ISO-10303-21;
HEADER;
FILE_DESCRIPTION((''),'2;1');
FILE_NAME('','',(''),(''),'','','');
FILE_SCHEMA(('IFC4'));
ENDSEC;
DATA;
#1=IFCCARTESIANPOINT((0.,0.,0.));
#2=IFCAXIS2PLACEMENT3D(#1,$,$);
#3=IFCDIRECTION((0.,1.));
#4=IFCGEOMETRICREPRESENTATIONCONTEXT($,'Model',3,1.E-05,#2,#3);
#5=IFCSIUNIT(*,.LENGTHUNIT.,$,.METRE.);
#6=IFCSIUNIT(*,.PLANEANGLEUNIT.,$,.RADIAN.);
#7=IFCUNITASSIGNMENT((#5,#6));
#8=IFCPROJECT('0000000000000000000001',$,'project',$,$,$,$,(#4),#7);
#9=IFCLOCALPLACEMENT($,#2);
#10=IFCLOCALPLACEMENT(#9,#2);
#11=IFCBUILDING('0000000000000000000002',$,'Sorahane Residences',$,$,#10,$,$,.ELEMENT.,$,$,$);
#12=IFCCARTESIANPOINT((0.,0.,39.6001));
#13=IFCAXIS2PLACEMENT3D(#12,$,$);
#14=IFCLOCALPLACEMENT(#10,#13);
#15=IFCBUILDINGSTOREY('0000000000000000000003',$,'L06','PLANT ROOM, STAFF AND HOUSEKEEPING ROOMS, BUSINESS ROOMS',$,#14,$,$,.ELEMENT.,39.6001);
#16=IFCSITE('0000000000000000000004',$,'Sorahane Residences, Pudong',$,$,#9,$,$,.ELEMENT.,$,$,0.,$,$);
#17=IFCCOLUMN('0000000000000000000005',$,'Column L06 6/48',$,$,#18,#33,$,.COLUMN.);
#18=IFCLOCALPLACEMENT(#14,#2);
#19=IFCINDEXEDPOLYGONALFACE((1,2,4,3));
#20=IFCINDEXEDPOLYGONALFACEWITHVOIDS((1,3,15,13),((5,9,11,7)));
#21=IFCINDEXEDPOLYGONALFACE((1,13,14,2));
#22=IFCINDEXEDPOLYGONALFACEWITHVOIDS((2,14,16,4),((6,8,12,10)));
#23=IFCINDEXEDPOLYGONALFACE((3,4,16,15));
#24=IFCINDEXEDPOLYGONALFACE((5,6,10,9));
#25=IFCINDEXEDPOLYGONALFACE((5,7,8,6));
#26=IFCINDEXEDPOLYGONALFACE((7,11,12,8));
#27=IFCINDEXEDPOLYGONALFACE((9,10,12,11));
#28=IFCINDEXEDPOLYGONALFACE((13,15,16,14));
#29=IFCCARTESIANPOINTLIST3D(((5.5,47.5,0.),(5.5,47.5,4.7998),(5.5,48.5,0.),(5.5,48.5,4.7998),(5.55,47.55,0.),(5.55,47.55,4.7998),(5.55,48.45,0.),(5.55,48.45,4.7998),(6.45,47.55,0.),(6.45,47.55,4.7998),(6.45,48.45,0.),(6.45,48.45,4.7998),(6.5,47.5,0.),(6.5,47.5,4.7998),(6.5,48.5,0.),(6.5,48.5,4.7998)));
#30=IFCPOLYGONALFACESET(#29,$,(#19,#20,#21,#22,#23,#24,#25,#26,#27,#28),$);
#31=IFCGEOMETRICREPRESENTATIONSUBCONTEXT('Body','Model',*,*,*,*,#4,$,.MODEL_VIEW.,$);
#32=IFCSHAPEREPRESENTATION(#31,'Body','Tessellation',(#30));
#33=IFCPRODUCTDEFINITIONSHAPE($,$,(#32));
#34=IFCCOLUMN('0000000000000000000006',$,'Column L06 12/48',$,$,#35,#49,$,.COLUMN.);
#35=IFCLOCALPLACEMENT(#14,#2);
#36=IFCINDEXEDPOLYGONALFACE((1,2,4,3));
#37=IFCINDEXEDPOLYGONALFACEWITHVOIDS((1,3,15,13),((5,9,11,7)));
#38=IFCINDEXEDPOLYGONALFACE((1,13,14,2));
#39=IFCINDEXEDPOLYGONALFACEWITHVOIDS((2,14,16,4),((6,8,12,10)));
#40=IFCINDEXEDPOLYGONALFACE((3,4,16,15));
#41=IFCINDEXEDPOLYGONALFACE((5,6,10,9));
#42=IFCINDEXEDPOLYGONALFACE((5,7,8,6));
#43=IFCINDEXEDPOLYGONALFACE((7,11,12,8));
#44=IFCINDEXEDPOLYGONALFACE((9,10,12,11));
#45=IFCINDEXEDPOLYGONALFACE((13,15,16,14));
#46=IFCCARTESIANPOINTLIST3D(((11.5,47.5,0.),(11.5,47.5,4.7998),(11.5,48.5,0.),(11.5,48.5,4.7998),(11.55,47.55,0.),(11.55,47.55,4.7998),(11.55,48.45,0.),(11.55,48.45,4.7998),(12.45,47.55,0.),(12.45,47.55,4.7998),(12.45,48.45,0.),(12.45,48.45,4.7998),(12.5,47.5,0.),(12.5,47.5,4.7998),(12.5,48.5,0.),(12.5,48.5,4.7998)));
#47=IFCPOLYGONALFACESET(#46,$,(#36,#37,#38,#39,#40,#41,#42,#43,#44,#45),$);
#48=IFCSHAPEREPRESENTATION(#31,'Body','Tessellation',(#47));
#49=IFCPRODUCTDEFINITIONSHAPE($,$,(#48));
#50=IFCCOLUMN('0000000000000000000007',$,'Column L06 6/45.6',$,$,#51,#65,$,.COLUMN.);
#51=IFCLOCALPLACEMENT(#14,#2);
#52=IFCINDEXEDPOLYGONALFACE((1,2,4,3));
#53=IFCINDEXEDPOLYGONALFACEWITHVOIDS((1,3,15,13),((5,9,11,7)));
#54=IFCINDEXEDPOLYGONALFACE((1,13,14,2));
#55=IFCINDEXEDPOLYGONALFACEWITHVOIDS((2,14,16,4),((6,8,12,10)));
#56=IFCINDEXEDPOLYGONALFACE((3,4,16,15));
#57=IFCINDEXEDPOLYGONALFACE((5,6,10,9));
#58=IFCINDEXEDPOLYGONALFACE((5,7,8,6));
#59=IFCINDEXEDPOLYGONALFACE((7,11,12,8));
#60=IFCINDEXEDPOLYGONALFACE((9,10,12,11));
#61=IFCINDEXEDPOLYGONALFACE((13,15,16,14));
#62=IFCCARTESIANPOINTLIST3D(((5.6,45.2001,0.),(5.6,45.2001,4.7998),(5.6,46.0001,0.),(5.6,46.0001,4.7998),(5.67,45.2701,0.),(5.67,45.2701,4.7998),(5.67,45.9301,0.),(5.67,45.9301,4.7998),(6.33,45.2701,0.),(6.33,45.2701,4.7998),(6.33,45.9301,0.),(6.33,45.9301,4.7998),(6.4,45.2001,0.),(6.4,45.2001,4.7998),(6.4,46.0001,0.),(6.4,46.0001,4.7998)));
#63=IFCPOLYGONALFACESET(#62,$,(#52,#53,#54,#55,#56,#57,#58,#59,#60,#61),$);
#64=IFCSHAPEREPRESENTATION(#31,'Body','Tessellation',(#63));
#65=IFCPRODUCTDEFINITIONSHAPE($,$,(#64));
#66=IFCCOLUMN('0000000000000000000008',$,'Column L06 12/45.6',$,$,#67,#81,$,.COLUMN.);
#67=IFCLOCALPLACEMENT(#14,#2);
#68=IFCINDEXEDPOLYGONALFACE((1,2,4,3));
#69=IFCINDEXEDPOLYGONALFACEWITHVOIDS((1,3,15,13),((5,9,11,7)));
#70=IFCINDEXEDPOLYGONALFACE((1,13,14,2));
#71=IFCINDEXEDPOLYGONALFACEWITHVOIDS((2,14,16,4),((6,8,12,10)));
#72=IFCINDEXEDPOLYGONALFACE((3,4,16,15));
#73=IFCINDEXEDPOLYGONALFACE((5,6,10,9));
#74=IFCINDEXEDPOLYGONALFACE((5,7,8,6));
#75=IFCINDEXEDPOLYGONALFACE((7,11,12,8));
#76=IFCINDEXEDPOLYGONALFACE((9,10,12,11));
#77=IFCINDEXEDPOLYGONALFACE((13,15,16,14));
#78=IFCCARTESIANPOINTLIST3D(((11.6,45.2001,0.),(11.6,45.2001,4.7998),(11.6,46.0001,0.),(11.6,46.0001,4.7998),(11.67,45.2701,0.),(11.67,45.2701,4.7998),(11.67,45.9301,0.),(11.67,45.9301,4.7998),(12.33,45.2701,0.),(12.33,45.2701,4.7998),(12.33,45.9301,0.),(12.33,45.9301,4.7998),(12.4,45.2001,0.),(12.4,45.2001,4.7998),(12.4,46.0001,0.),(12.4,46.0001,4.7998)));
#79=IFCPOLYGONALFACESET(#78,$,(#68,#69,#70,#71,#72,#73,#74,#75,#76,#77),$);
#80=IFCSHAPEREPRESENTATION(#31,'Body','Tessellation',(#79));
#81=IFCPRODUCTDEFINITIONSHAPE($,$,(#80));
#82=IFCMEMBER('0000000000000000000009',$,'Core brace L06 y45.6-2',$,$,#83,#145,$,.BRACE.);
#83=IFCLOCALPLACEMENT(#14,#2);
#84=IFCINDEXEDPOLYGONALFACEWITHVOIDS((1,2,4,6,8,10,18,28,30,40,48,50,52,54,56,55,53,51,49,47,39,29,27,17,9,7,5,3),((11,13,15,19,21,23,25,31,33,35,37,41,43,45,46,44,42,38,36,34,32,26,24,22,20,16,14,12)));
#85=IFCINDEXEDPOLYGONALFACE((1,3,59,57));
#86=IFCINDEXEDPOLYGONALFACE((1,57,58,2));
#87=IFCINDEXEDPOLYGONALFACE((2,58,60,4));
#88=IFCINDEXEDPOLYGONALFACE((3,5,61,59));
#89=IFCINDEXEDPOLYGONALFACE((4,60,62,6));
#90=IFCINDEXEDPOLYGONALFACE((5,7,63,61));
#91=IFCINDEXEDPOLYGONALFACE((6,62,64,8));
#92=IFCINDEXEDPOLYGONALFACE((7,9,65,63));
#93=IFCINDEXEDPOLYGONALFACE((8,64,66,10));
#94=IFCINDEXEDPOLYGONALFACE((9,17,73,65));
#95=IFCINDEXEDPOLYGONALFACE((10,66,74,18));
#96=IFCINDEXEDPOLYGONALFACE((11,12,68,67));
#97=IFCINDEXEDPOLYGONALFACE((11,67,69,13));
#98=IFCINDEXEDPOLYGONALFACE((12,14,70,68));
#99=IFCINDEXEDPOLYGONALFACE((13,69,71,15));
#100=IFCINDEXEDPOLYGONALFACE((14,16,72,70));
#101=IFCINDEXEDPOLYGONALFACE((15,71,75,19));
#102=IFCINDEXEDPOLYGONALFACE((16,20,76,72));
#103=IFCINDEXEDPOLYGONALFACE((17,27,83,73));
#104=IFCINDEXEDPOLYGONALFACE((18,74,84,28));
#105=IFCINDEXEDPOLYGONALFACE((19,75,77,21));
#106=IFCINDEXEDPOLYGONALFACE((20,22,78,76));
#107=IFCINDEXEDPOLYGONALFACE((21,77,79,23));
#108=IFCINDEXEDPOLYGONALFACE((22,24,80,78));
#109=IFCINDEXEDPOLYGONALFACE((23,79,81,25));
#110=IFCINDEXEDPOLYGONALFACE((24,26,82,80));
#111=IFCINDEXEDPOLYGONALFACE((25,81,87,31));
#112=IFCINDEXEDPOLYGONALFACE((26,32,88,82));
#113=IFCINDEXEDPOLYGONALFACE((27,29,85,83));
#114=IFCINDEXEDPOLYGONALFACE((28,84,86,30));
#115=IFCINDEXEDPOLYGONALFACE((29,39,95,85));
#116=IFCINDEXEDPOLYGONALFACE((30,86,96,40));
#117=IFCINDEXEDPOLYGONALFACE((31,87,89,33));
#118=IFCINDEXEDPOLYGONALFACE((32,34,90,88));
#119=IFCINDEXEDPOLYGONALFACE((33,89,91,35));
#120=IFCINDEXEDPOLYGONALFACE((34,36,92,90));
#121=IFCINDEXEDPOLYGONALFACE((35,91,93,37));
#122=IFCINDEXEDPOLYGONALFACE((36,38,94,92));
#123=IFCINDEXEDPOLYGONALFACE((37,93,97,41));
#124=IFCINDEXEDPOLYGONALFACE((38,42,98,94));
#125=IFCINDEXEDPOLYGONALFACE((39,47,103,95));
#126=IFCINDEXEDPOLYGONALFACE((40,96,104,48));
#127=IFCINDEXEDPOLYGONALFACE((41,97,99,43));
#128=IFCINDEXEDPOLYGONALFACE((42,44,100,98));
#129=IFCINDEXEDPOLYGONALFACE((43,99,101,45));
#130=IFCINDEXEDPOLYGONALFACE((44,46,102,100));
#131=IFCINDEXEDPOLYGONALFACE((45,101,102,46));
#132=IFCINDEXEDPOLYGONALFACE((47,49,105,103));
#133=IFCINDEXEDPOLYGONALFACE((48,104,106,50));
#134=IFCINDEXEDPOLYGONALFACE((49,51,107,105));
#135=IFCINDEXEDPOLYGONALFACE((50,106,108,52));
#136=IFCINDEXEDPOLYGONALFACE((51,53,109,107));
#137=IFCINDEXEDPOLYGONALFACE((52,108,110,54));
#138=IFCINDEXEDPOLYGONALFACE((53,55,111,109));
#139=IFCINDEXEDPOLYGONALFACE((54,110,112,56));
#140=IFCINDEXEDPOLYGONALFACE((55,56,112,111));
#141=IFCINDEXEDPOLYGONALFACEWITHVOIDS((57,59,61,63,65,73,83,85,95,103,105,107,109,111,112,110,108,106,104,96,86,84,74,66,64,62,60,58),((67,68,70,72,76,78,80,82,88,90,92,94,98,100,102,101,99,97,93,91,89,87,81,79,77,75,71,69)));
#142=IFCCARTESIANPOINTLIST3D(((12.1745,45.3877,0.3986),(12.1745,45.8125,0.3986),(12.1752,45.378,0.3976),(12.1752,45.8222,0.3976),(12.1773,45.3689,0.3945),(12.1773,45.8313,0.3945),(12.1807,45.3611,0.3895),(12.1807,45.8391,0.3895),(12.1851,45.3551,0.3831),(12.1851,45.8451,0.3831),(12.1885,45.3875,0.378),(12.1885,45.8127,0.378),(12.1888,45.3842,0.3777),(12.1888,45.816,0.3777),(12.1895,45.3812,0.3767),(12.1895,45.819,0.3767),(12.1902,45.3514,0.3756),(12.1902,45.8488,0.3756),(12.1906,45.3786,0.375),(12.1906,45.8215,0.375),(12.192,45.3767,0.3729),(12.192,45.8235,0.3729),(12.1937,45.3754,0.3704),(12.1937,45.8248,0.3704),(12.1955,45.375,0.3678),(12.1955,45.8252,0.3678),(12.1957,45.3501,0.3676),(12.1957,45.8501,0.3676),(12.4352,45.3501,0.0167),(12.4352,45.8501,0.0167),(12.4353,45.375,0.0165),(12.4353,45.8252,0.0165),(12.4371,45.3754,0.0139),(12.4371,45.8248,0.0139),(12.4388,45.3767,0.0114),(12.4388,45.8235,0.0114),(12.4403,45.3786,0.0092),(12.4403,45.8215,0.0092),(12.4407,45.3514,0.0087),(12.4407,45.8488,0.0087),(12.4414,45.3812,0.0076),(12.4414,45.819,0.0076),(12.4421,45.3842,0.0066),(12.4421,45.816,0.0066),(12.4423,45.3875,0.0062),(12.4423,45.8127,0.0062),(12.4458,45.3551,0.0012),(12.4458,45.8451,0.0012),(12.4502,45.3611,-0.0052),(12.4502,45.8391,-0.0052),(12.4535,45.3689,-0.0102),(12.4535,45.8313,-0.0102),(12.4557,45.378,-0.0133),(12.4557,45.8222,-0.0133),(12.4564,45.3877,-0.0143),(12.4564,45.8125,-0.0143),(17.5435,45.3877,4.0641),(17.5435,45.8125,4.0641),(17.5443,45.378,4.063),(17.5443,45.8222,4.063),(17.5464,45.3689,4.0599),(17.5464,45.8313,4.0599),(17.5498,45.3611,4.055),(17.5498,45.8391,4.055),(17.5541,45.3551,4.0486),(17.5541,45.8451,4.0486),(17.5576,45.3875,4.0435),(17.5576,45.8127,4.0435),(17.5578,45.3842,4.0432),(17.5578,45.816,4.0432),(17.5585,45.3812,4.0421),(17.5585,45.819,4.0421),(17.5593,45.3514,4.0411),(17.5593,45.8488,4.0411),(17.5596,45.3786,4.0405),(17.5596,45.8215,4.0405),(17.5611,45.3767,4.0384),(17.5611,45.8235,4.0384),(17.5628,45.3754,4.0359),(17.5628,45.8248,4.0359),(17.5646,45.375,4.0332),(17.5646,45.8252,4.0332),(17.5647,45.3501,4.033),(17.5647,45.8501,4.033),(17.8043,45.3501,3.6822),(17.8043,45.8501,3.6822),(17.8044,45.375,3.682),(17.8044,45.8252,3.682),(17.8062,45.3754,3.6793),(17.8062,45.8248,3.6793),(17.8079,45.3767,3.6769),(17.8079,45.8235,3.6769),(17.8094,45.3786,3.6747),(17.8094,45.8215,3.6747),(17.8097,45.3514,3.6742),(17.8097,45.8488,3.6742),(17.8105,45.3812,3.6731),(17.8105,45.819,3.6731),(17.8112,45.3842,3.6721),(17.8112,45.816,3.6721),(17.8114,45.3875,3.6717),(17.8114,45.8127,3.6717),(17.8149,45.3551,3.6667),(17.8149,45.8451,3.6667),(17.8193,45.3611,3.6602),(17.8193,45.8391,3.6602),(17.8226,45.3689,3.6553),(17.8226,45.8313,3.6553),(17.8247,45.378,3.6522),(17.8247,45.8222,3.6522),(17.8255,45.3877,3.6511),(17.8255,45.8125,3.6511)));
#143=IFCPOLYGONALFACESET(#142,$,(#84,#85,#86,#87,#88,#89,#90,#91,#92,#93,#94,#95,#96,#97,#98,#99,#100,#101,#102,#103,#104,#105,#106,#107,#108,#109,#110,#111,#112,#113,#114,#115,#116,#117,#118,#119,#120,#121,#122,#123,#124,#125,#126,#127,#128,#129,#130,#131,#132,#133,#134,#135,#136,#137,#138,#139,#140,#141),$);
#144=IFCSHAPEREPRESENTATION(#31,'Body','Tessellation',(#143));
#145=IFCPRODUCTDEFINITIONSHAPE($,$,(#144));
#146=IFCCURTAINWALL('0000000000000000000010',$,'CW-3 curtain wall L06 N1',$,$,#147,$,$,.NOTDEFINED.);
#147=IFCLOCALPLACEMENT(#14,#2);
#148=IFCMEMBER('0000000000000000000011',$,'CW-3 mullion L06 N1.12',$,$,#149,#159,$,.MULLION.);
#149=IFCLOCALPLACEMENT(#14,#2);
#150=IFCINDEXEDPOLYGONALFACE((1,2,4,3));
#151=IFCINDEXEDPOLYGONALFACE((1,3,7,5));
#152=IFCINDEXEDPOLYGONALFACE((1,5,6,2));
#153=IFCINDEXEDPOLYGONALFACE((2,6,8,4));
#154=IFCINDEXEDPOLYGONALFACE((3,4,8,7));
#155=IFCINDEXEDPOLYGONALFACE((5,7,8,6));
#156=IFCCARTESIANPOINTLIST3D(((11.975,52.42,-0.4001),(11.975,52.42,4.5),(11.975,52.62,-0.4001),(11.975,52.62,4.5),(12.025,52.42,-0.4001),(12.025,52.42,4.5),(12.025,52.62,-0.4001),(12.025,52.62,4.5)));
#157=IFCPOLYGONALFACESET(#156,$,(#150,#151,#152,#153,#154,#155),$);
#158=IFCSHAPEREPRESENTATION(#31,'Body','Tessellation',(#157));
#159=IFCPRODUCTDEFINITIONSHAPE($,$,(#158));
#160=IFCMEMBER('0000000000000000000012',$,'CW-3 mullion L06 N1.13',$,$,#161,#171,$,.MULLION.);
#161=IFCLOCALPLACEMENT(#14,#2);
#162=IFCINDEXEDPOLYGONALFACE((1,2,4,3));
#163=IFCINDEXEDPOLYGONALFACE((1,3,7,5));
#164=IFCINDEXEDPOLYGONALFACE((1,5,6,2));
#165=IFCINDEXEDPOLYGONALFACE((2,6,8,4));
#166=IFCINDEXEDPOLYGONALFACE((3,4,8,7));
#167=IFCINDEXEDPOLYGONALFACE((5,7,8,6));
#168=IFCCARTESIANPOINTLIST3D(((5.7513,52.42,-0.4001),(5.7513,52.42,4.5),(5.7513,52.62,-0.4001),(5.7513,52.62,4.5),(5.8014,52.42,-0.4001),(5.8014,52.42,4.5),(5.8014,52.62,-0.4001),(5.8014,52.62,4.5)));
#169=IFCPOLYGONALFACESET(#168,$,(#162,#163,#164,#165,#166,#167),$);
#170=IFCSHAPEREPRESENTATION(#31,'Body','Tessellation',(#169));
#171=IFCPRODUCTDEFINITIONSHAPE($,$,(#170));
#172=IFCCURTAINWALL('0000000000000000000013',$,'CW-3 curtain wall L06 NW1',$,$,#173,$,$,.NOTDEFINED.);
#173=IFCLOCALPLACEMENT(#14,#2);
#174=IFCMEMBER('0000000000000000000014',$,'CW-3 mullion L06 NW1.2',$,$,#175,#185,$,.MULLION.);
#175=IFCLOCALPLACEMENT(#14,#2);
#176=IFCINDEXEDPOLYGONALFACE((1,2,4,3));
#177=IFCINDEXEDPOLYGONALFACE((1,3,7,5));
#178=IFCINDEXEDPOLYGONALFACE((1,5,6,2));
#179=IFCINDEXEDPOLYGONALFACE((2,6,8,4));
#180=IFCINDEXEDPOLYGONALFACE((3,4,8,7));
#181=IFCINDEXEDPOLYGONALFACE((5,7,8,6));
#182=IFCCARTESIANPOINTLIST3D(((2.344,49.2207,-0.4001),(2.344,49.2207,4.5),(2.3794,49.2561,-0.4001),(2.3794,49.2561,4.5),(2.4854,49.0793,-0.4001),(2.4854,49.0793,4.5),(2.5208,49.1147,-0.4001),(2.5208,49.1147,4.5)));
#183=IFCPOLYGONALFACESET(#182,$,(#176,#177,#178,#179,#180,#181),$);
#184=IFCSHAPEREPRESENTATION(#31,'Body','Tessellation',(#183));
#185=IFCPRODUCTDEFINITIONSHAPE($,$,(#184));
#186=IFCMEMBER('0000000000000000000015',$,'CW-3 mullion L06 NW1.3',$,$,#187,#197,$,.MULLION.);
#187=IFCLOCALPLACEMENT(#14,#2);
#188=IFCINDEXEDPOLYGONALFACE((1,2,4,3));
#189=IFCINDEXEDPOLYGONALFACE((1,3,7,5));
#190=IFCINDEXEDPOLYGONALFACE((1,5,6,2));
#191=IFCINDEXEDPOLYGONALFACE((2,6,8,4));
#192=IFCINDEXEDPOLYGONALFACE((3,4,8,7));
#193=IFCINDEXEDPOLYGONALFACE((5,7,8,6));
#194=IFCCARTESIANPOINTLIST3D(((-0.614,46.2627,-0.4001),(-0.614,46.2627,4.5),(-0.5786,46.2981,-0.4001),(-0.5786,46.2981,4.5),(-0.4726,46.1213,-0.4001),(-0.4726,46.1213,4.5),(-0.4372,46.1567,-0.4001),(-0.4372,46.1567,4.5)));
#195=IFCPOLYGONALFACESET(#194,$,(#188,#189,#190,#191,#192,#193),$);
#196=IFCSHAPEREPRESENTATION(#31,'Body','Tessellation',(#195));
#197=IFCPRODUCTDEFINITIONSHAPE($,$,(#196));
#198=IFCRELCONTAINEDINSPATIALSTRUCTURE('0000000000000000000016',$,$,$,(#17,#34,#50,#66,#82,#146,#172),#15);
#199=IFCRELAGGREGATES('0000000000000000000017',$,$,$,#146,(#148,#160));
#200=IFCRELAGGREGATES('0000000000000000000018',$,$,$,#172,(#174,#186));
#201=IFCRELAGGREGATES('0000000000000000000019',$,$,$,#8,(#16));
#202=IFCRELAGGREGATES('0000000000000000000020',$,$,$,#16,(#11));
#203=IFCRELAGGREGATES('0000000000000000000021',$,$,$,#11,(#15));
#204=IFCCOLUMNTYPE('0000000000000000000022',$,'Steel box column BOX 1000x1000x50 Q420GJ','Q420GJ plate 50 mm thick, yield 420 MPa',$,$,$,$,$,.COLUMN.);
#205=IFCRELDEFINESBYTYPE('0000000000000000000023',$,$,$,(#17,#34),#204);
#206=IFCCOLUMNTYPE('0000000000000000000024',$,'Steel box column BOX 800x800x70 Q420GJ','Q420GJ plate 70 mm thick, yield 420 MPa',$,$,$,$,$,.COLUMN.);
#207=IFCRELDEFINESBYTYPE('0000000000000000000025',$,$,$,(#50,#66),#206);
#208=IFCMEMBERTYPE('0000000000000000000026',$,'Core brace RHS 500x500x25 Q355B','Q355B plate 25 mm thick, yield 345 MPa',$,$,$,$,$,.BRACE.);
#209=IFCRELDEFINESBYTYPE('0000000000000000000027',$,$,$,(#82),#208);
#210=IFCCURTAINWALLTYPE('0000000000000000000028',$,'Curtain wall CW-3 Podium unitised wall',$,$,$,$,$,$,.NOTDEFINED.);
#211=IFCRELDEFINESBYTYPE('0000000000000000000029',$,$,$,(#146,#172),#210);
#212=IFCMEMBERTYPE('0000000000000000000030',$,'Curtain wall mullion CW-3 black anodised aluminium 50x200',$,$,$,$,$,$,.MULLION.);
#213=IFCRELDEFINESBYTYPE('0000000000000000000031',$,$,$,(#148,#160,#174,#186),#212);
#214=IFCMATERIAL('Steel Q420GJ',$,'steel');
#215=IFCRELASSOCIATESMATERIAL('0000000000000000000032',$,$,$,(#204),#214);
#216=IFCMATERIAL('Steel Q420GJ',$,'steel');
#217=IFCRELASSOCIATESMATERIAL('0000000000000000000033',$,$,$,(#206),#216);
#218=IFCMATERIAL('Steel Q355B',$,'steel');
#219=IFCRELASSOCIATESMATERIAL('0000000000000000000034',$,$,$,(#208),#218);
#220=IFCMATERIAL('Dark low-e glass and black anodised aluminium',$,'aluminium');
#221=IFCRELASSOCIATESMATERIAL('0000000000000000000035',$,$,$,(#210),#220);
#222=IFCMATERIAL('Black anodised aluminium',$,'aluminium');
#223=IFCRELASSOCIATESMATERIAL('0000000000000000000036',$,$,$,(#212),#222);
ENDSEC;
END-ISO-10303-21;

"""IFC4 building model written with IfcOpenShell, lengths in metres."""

from ifc_helpers import new_model, si_unit, direction, frame, origin, origin_2d, place, context, subcontext, project, spatial, rectangle, hollow_rectangle, extrude, material, material_profile, profile_set, type_object, element, aggregate, save


model = new_model("IFC4")

# Units and contexts
model_context = context("Model", 3, precision=1e-05, world=origin(), true_north=direction((0.0, 1.0)))
body_context = subcontext(model_context, "Body", "Model", "MODEL_VIEW")
ifc_project = project(units=[si_unit("LENGTHUNIT", "METRE"), si_unit("PLANEANGLEUNIT", "RADIAN")], contexts=[model_context])

# Site, building, storey
site_placement = place(None, origin())
site = spatial("IfcSite", under=ifc_project, at=site_placement, Name="Sorahane Residences, Pudong", CompositionType="ELEMENT", RefElevation=0.0)
building_placement = place(site_placement, origin())
building = spatial("IfcBuilding", under=site, at=building_placement, Name="Sorahane Residences", CompositionType="ELEMENT")
storey_placement = place(building_placement, frame((0.0, 0.0, 39.6001)))
storey = spatial("IfcBuildingStorey", under=building, at=storey_placement, Name="L06", Description="PLANT ROOM, STAFF AND HOUSEKEEPING ROOMS, BUSINESS ROOMS", CompositionType="ELEMENT", Elevation=39.6001)

# Columns
ifc_material_1 = material(Name="Steel Q420GJ", Category="steel")
ifc_material_profile_1 = material_profile(ifc_material_1, hollow_rectangle(XDim=1.0, YDim=1.0, WallThickness=0.05, at=origin_2d()), Name="BOX 1000x1000x50")
ifc_profile_set_1 = profile_set([ifc_material_profile_1], Name="Steel Q420GJ")
column_type_1 = type_object("IfcColumnType", Name="Steel box column BOX 1000x1000x50 Q420GJ", Description="Q420GJ plate 50 mm thick, yield 420 MPa", PredefinedType="COLUMN", material=ifc_profile_set_1)
for number, where, z_axis, x_axis, name in (
    (1, (6.0, 48.0, 0.0), (0.0, 0.0, 1.0), (1.0, 0.0, 0.0), "Column L06 6/48"),
    (2, (12.0, 48.0, 0.0), (0.0, 0.0, 1.0), (1.0, 0.0, 0.0), "Column L06 12/48"),
):
    element("IfcColumn", number, at=place(storey_placement, frame(where, z_axis=z_axis, x_axis=x_axis)), inside=storey, type_object=column_type_1, Name=name, PredefinedType="COLUMN", context=body_context, shape_type="SweptSolid", body=[
        extrude(hollow_rectangle(XDim=1.0, YDim=1.0, WallThickness=0.05, at=origin_2d()), origin(), (0.0, 0.0, 1.0), 4.7998),
    ])
ifc_material_2 = material(Name="Steel Q420GJ", Category="steel")
ifc_material_profile_2 = material_profile(ifc_material_2, hollow_rectangle(XDim=0.8, YDim=0.8, WallThickness=0.0701, at=origin_2d()), Name="BOX 800x800x70")
ifc_profile_set_2 = profile_set([ifc_material_profile_2], Name="Steel Q420GJ")
column_type_2 = type_object("IfcColumnType", Name="Steel box column BOX 800x800x70 Q420GJ", Description="Q420GJ plate 70 mm thick, yield 420 MPa", PredefinedType="COLUMN", material=ifc_profile_set_2)
for number, where, z_axis, x_axis, name in (
    (3, (6.0, 45.6001, 0.0), (0.0, 0.0, 1.0), (1.0, 0.0, 0.0), "Column L06 6/45.6"),
    (4, (12.0, 45.6001, 0.0), (0.0, 0.0, 1.0), (1.0, 0.0, 0.0), "Column L06 12/45.6"),
):
    element("IfcColumn", number, at=place(storey_placement, frame(where, z_axis=z_axis, x_axis=x_axis)), inside=storey, type_object=column_type_2, Name=name, PredefinedType="COLUMN", context=body_context, shape_type="SweptSolid", body=[
        extrude(hollow_rectangle(XDim=0.8, YDim=0.8, WallThickness=0.0701, at=origin_2d()), origin(), (0.0, 0.0, 1.0), 4.7998),
    ])

# Member
ifc_material_3 = material(Name="Steel Q355B", Category="steel")
ifc_material_profile_3 = material_profile(ifc_material_3, hollow_rectangle(XDim=0.5, YDim=0.5, WallThickness=0.0249, InnerFilletRadius=0.0125, OuterFilletRadius=0.0376, at=origin_2d()), Name="RHS 500x500x25")
ifc_profile_set_3 = profile_set([ifc_material_profile_3], Name="Steel Q355B")
member_type_1 = type_object("IfcMemberType", Name="Core brace RHS 500x500x25 Q355B", Description="Q355B plate 25 mm thick, yield 345 MPa", PredefinedType="BRACE", material=ifc_profile_set_3)
member_1_placement = place(storey_placement, frame((12.3154, 45.6001, 0.1921), z_axis=(0.825887, 0.0, 0.563835), x_axis=(0.0, 1.0, 0.0)))
element("IfcMember", 5, at=member_1_placement, inside=storey, type_object=member_type_1, Name="Core brace L06 y45.6-2", PredefinedType="BRACE", context=body_context, shape_type="SweptSolid", body=[
    extrude(hollow_rectangle(XDim=0.5, YDim=0.5, WallThickness=0.0249, InnerFilletRadius=0.0125, OuterFilletRadius=0.0376, at=origin_2d()), origin(), (0.0, 0.0, 1.0), 6.501),
])

# Curtain walls, members
ifc_material_4 = material(Name="Dark low-e glass and black anodised aluminium", Category="aluminium")
curtain_wall_type = type_object("IfcCurtainWallType", Name="Curtain wall CW-3 Podium unitised wall", PredefinedType="NOTDEFINED", material=ifc_material_4)
curtain_wall_1_placement = place(storey_placement, origin())
curtain_wall_1 = element("IfcCurtainWall", 6, at=curtain_wall_1_placement, inside=storey, type_object=curtain_wall_type, Name="CW-3 curtain wall L06 N1", PredefinedType="NOTDEFINED")
ifc_material_5 = material(Name="Black anodised aluminium", Category="aluminium")
ifc_material_profile_4 = material_profile(ifc_material_5, rectangle(XDim=0.2, YDim=0.05, at=origin_2d()), Name="Curtain wall mullion CW-3 black anodised aluminium 50x200")
ifc_profile_set_4 = profile_set([ifc_material_profile_4], Name="Black anodised aluminium")
member_type_2 = type_object("IfcMemberType", Name="Curtain wall mullion CW-3 black anodised aluminium 50x200", PredefinedType="MULLION", material=ifc_profile_set_4)
member_2_placement = place(storey_placement, frame((12.0, 52.52, -0.4001), z_axis=(0.0, 0.0, 1.0), x_axis=(0.0, 1.0, 0.0)))
member_2 = element("IfcMember", 7, at=member_2_placement, type_object=member_type_2, Name="CW-3 mullion L06 N1.12", PredefinedType="MULLION", context=body_context, shape_type="SweptSolid", body=[
    extrude(rectangle(XDim=0.2, YDim=0.05, at=origin_2d()), origin(), (0.0, 0.0, 1.0), 4.9001),
])
member_3_placement = place(storey_placement, frame((5.7764, 52.52, -0.4001), z_axis=(0.0, 0.0, 1.0), x_axis=(0.0, 1.0, 0.0)))
member_3 = element("IfcMember", 8, at=member_3_placement, type_object=member_type_2, Name="CW-3 mullion L06 N1.13", PredefinedType="MULLION", context=body_context, shape_type="SweptSolid", body=[
    extrude(rectangle(XDim=0.2, YDim=0.05, at=origin_2d()), origin(), (0.0, 0.0, 1.0), 4.9001),
])
curtain_wall_2_placement = place(storey_placement, origin())
curtain_wall_2 = element("IfcCurtainWall", 9, at=curtain_wall_2_placement, inside=storey, type_object=curtain_wall_type, Name="CW-3 curtain wall L06 NW1", PredefinedType="NOTDEFINED")
member_4_placement = place(storey_placement, frame((2.4324, 49.1677, -0.4001), z_axis=(0.0, 0.0, 1.0), x_axis=(-0.707107, 0.707107, 0.0)))
member_4 = element("IfcMember", 10, at=member_4_placement, type_object=member_type_2, Name="CW-3 mullion L06 NW1.2", PredefinedType="MULLION", context=body_context, shape_type="SweptSolid", body=[
    extrude(rectangle(XDim=0.2, YDim=0.05, at=origin_2d()), origin(), (0.0, 0.0, 1.0), 4.9001),
])
member_5_placement = place(storey_placement, frame((-0.5256, 46.2097, -0.4001), z_axis=(0.0, 0.0, 1.0), x_axis=(-0.707107, 0.707107, 0.0)))
member_5 = element("IfcMember", 11, at=member_5_placement, type_object=member_type_2, Name="CW-3 mullion L06 NW1.3", PredefinedType="MULLION", context=body_context, shape_type="SweptSolid", body=[
    extrude(rectangle(XDim=0.2, YDim=0.05, at=origin_2d()), origin(), (0.0, 0.0, 1.0), 4.9001),
])

aggregate(curtain_wall_1, [member_2, member_3])
aggregate(curtain_wall_2, [member_4, member_5])

save(model, "model.ifc")
